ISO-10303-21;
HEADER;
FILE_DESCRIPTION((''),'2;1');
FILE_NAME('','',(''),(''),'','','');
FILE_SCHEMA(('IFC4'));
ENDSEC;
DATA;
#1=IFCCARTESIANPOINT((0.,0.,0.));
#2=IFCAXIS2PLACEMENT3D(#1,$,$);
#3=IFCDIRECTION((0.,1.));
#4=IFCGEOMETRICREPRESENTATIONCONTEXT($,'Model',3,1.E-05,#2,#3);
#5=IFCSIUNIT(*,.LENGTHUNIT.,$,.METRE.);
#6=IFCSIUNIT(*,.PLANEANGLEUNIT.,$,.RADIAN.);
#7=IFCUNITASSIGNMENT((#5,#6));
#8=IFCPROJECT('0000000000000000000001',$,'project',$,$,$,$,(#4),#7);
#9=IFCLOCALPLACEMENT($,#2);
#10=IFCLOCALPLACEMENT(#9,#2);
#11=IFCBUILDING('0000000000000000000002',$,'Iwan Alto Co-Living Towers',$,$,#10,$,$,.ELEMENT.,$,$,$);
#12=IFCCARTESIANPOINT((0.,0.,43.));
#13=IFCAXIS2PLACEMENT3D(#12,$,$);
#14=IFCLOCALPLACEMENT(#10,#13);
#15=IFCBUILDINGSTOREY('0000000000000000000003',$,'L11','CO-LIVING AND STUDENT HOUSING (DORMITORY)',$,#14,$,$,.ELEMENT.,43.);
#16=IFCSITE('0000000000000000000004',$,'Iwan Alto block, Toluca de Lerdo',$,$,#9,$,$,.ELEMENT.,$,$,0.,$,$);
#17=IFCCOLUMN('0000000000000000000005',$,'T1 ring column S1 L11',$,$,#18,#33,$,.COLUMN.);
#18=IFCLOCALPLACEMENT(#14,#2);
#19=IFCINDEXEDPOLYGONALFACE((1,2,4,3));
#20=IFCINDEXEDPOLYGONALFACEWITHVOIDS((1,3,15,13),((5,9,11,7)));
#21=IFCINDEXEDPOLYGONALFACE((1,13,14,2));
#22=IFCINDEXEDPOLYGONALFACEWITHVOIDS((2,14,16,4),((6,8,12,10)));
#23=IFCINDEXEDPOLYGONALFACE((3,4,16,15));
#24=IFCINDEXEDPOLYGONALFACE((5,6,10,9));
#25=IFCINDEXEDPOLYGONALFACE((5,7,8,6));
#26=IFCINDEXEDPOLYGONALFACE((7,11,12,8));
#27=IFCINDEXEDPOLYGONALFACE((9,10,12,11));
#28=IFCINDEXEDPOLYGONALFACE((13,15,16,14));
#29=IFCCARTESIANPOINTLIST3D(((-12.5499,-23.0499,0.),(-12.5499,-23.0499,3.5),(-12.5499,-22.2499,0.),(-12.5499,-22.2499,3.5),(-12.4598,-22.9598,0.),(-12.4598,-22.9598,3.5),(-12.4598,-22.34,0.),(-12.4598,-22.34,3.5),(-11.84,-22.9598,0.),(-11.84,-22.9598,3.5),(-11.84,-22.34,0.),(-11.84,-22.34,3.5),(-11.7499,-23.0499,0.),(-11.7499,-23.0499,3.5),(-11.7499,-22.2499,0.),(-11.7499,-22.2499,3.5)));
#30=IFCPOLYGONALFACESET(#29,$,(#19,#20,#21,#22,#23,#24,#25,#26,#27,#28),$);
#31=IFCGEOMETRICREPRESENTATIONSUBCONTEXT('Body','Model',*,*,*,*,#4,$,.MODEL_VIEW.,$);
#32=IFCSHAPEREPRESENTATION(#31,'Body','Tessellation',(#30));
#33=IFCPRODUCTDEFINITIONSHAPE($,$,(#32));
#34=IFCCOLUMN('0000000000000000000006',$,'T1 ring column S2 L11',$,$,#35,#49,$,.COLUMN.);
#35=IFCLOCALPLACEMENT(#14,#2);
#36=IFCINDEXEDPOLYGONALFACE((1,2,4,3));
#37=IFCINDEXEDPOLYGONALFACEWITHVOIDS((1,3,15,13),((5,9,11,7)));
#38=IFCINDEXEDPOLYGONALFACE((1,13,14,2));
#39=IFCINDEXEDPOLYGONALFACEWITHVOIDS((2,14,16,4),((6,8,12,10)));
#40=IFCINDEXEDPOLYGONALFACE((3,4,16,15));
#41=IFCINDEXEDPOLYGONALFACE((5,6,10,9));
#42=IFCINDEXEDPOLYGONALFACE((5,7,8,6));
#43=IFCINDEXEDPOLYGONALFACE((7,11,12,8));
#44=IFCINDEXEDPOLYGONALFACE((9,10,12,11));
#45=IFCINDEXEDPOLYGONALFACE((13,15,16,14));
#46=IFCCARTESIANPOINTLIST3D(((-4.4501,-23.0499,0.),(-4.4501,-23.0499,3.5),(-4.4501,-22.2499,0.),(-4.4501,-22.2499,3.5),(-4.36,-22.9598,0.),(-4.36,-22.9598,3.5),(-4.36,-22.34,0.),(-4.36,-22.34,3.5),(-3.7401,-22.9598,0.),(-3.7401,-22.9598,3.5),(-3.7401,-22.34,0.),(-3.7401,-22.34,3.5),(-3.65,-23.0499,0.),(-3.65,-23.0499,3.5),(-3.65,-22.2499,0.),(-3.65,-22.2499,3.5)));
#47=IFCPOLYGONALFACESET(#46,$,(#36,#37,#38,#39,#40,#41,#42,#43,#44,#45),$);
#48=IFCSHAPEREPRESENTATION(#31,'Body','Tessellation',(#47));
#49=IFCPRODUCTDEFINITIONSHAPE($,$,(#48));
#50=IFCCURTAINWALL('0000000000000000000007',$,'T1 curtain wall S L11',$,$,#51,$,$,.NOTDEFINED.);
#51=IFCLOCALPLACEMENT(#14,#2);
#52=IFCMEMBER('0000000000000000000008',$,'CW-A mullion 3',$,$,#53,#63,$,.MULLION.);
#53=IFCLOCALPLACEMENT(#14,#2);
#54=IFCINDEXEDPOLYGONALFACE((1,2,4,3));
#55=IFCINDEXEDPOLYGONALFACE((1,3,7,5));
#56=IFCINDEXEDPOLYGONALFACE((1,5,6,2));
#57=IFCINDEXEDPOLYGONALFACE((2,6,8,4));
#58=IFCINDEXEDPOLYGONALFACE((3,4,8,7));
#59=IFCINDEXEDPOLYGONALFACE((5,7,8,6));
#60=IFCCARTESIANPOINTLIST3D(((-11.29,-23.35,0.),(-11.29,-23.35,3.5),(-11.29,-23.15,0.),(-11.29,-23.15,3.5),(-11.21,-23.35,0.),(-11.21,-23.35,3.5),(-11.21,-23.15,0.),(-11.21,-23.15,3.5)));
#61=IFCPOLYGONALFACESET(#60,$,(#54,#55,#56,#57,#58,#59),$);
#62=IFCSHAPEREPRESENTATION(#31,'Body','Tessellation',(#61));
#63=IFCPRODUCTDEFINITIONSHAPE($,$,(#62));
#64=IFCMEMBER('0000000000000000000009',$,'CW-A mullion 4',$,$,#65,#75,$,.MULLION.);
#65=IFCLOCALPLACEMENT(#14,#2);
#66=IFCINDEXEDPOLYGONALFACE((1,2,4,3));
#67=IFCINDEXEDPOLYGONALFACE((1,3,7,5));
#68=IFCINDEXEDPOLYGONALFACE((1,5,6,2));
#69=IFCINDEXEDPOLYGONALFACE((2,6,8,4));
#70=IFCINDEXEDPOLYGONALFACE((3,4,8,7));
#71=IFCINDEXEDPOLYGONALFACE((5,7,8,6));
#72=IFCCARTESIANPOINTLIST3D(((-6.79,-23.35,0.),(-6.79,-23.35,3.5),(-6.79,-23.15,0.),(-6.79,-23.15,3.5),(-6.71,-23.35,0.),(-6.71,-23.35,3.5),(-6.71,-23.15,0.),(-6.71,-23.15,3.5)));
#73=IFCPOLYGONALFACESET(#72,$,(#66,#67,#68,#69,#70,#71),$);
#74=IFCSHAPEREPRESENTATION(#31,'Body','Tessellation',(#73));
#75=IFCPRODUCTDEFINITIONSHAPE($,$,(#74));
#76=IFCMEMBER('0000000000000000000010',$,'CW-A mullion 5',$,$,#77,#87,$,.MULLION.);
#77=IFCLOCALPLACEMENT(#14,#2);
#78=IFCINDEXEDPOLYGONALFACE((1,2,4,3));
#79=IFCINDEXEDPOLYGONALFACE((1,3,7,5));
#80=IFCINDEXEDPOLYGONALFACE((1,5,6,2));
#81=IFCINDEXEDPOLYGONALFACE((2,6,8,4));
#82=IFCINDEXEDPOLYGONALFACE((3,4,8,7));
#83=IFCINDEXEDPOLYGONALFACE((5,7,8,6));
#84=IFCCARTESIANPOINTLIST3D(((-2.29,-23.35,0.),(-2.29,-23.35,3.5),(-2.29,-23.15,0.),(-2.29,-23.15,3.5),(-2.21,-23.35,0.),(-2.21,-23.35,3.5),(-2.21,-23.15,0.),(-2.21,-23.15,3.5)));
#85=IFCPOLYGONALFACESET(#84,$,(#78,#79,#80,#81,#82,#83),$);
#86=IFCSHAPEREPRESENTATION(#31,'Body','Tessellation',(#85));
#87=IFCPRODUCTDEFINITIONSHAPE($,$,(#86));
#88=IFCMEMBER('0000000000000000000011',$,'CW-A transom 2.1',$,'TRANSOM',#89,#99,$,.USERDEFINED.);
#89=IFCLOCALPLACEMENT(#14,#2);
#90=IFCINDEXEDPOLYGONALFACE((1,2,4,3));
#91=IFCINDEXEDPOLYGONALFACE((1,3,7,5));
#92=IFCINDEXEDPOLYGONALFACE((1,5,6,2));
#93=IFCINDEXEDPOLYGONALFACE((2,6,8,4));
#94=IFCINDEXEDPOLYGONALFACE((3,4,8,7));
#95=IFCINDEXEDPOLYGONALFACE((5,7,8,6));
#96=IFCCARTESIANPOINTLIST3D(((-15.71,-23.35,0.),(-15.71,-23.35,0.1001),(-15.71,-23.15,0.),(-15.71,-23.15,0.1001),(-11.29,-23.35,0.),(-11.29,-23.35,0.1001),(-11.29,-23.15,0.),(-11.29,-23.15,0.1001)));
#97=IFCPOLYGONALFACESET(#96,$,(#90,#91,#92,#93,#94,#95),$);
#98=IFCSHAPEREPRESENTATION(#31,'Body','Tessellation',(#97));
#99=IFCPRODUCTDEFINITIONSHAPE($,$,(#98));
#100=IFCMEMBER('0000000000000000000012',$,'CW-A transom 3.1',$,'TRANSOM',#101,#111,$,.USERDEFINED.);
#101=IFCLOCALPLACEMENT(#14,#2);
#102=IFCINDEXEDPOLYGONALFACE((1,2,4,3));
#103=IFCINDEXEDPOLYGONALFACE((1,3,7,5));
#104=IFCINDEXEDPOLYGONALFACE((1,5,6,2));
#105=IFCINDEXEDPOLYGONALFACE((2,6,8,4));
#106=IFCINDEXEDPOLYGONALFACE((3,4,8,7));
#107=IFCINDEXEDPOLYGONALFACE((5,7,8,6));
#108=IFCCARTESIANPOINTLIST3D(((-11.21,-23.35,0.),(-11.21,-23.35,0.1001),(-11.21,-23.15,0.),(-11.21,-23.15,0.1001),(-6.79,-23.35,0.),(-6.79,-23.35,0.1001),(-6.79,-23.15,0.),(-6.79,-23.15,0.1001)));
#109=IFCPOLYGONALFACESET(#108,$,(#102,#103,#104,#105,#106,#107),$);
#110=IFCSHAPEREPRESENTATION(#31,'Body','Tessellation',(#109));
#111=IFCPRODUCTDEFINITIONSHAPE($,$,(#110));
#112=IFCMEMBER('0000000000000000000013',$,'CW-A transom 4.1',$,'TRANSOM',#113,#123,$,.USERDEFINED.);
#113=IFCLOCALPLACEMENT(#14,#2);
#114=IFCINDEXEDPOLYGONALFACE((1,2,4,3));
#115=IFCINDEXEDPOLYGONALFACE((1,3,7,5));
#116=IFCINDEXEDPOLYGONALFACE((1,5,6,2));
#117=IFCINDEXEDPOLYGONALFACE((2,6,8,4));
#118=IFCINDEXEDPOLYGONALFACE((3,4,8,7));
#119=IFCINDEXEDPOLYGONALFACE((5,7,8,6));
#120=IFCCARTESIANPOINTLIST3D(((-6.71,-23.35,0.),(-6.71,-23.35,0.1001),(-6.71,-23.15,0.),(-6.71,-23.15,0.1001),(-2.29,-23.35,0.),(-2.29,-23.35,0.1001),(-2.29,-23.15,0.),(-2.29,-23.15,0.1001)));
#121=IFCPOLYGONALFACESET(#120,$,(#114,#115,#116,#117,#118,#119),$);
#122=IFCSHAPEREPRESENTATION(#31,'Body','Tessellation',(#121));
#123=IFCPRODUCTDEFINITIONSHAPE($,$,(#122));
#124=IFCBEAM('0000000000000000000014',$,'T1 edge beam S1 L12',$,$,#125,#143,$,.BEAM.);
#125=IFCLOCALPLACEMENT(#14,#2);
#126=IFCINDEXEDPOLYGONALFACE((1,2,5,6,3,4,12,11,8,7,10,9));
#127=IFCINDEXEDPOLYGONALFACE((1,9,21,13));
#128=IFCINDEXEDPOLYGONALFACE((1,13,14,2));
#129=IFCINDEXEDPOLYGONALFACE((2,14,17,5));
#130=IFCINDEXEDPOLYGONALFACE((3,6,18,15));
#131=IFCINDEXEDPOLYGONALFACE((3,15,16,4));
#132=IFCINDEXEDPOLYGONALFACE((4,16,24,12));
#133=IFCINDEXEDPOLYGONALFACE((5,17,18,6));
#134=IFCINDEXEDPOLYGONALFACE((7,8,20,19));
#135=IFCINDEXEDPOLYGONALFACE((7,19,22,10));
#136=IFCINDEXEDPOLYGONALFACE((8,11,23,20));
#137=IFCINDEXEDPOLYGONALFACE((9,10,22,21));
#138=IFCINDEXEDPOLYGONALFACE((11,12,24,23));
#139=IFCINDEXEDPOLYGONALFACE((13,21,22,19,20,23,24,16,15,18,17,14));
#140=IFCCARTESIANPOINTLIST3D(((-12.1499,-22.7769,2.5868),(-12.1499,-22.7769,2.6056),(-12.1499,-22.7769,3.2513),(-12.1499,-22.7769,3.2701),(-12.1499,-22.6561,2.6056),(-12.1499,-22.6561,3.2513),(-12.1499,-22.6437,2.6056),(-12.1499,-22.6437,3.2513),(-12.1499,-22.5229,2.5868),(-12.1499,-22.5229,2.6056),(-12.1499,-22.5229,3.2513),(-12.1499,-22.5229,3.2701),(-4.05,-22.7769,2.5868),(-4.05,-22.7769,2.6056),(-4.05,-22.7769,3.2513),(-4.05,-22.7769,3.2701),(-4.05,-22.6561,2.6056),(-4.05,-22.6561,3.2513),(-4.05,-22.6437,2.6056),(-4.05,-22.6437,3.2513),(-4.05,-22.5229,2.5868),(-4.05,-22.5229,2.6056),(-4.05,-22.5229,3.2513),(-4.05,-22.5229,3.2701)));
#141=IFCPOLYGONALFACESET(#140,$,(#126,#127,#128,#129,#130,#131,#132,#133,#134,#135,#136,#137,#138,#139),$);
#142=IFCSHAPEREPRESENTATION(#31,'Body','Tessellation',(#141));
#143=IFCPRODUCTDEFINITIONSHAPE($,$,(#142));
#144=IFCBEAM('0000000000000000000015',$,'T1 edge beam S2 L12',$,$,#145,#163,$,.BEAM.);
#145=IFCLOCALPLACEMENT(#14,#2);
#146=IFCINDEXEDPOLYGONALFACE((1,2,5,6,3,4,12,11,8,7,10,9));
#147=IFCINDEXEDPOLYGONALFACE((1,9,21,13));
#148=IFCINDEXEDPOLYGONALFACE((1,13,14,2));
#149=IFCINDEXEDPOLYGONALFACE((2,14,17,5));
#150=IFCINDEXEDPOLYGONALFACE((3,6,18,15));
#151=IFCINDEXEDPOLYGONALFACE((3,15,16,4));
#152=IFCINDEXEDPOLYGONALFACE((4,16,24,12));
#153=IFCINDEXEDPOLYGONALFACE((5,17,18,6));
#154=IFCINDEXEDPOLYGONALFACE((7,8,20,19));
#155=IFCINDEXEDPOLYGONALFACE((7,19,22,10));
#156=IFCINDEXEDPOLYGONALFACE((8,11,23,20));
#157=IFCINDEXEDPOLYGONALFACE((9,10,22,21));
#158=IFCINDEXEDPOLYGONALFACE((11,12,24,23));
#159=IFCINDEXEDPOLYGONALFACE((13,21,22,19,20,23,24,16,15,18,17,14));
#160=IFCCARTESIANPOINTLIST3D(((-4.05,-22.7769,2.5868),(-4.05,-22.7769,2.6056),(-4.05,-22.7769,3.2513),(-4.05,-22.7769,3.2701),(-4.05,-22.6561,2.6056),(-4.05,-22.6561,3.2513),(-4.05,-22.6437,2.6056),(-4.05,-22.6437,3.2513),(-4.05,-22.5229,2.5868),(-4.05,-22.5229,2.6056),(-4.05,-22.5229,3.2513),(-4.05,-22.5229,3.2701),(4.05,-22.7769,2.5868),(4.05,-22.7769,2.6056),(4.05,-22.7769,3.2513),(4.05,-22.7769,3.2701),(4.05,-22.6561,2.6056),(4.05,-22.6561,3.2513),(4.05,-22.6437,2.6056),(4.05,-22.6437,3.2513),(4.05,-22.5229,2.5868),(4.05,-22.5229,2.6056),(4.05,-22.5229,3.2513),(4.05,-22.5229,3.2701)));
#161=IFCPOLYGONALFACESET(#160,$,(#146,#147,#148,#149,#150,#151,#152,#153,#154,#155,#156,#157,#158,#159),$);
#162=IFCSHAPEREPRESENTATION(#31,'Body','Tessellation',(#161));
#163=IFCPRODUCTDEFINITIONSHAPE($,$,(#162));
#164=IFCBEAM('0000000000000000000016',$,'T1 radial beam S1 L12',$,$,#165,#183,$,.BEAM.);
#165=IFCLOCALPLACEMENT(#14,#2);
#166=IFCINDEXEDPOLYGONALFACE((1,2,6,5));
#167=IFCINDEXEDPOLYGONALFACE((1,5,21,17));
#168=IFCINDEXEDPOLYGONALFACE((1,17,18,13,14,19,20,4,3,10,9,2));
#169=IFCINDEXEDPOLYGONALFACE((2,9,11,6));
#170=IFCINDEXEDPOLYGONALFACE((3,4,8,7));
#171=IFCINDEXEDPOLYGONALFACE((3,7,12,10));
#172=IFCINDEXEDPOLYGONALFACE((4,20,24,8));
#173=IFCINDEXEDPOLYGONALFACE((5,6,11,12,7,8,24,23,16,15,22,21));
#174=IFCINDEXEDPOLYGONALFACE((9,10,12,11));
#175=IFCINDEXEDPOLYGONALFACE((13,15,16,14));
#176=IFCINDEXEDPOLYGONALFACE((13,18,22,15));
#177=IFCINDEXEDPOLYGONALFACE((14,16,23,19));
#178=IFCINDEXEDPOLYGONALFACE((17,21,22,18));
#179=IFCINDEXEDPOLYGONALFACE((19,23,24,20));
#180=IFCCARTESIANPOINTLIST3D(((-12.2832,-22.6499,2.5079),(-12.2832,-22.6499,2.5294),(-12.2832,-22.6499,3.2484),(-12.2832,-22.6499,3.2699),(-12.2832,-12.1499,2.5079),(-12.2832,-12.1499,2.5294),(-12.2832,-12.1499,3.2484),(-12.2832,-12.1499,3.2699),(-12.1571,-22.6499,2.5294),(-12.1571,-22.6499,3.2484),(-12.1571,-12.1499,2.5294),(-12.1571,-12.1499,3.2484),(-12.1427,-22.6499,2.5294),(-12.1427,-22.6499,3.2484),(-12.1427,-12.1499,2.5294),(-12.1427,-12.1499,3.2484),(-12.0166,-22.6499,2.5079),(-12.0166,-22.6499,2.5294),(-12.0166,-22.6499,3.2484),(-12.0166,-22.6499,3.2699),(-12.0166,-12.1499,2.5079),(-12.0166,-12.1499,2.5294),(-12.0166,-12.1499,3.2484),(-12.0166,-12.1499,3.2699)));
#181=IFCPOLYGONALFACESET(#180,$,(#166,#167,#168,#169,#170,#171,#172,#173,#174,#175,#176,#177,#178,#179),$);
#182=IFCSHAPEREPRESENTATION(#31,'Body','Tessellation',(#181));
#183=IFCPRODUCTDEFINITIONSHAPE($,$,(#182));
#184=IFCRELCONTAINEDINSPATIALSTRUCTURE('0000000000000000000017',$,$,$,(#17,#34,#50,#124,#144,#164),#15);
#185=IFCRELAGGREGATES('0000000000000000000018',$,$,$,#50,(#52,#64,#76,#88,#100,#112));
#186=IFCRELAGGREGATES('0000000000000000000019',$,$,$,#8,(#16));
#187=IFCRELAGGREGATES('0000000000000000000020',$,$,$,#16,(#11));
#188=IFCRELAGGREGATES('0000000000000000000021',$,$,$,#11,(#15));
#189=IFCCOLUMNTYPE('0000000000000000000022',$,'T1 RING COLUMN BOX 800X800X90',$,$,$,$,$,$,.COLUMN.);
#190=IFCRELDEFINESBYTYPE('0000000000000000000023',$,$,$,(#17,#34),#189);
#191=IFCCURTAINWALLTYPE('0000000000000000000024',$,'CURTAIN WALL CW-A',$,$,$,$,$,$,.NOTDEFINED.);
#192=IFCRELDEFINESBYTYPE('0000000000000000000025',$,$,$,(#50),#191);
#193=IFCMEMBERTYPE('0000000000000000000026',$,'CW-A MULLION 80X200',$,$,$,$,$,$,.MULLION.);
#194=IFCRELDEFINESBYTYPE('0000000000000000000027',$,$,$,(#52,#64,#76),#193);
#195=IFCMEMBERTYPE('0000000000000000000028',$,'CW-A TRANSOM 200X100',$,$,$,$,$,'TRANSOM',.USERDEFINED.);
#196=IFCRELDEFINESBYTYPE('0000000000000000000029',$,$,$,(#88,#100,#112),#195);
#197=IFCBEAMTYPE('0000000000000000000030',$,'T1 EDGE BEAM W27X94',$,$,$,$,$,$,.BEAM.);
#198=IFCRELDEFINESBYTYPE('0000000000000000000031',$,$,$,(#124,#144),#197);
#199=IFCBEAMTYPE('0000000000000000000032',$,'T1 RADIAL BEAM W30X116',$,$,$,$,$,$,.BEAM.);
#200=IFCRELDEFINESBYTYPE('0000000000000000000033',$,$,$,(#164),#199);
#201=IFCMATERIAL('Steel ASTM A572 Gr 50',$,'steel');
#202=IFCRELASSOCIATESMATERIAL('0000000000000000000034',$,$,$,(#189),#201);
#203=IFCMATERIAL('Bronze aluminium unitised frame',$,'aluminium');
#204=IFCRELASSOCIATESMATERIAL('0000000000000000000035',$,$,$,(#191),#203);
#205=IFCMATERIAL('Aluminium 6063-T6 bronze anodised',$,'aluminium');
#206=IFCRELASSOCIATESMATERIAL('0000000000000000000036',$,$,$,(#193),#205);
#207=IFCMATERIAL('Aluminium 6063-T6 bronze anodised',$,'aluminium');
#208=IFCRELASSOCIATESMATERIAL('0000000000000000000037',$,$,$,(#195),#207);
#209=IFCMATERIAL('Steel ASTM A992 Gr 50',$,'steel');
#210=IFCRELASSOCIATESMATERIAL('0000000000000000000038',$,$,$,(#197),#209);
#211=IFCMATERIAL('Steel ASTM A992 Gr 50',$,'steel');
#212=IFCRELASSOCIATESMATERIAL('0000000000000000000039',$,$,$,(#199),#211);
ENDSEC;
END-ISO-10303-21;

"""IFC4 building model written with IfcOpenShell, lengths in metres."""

from ifc_helpers import new_model, si_unit, direction, frame, origin, origin_2d, place, context, subcontext, project, spatial, rectangle, hollow_rectangle, i_section, extrude, material, material_profile, profile_set, type_object, element, aggregate, save


model = new_model("IFC4")

# Units and contexts
model_context = context("Model", 3, precision=1e-05, world=origin(), true_north=direction((0.0, 1.0)))
body_context = subcontext(model_context, "Body", "Model", "MODEL_VIEW")
ifc_project = project(units=[si_unit("LENGTHUNIT", "METRE"), si_unit("PLANEANGLEUNIT", "RADIAN")], contexts=[model_context])

# Site, building, storey
site_placement = place(None, origin())
site = spatial("IfcSite", under=ifc_project, at=site_placement, Name="Iwan Alto block, Toluca de Lerdo", CompositionType="ELEMENT", RefElevation=0.0)
building_placement = place(site_placement, origin())
building = spatial("IfcBuilding", under=site, at=building_placement, Name="Iwan Alto Co-Living Towers", CompositionType="ELEMENT")
storey_placement = place(building_placement, frame((0.0, 0.0, 43.0)))
storey = spatial("IfcBuildingStorey", under=building, at=storey_placement, Name="L11", Description="CO-LIVING AND STUDENT HOUSING (DORMITORY)", CompositionType="ELEMENT", Elevation=43.0)

# Columns
ifc_material_1 = material(Name="Steel ASTM A572 Gr 50", Category="steel")
ifc_material_profile_1 = material_profile(ifc_material_1, hollow_rectangle(XDim=0.8, YDim=0.8, WallThickness=0.0901, at=origin_2d()), Name="BOX 800X800X90")
ifc_profile_set_1 = profile_set([ifc_material_profile_1], Name="Steel ASTM A572 Gr 50")
column_type = type_object("IfcColumnType", Name="T1 RING COLUMN BOX 800X800X90", PredefinedType="COLUMN", material=ifc_profile_set_1)
for number, where, z_axis, x_axis, name in (
    (1, (-12.1499, -22.6499, 0.0), (0.0, 0.0, 1.0), (1.0, 0.0, 0.0), "T1 ring column S1 L11"),
    (2, (-4.05, -22.6499, 0.0), (0.0, 0.0, 1.0), (1.0, 0.0, 0.0), "T1 ring column S2 L11"),
):
    element("IfcColumn", number, at=place(storey_placement, frame(where, z_axis=z_axis, x_axis=x_axis)), inside=storey, type_object=column_type, Name=name, PredefinedType="COLUMN", context=body_context, shape_type="SweptSolid", body=[
        extrude(hollow_rectangle(XDim=0.8, YDim=0.8, WallThickness=0.0901, at=origin_2d()), origin(), (0.0, 0.0, 1.0), 3.5),
    ])

# Curtain wall, members
ifc_material_2 = material(Name="Bronze aluminium unitised frame", Category="aluminium")
curtain_wall_type = type_object("IfcCurtainWallType", Name="CURTAIN WALL CW-A", PredefinedType="NOTDEFINED", material=ifc_material_2)
curtain_wall_placement = place(storey_placement, origin())
curtain_wall = element("IfcCurtainWall", 3, at=curtain_wall_placement, inside=storey, type_object=curtain_wall_type, Name="T1 curtain wall S L11", PredefinedType="NOTDEFINED")
ifc_material_3 = material(Name="Aluminium 6063-T6 bronze anodised", Category="aluminium")
ifc_material_profile_2 = material_profile(ifc_material_3, rectangle(XDim=0.2, YDim=0.0801, at=origin_2d()), Name="AL 80X200")
ifc_profile_set_2 = profile_set([ifc_material_profile_2], Name="Aluminium 6063-T6 bronze anodised")
member_type_1 = type_object("IfcMemberType", Name="CW-A MULLION 80X200", PredefinedType="MULLION", material=ifc_profile_set_2)
member_1_placement = place(storey_placement, frame((-11.25, -23.25, 0.0), z_axis=(0.0, 0.0, 1.0), x_axis=(0.0, 1.0, 0.0)))
member_1 = element("IfcMember", 4, at=member_1_placement, type_object=member_type_1, Name="CW-A mullion 3", PredefinedType="MULLION", context=body_context, shape_type="SweptSolid", body=[
    extrude(rectangle(XDim=0.2, YDim=0.0801, at=origin_2d()), origin(), (0.0, 0.0, 1.0), 3.5),
])
member_2_placement = place(storey_placement, frame((-6.75, -23.25, 0.0), z_axis=(0.0, 0.0, 1.0), x_axis=(0.0, 1.0, 0.0)))
member_2 = element("IfcMember", 5, at=member_2_placement, type_object=member_type_1, Name="CW-A mullion 4", PredefinedType="MULLION", context=body_context, shape_type="SweptSolid", body=[
    extrude(rectangle(XDim=0.2, YDim=0.0801, at=origin_2d()), origin(), (0.0, 0.0, 1.0), 3.5),
])
member_3_placement = place(storey_placement, frame((-2.25, -23.25, 0.0), z_axis=(0.0, 0.0, 1.0), x_axis=(0.0, 1.0, 0.0)))
member_3 = element("IfcMember", 6, at=member_3_placement, type_object=member_type_1, Name="CW-A mullion 5", PredefinedType="MULLION", context=body_context, shape_type="SweptSolid", body=[
    extrude(rectangle(XDim=0.2, YDim=0.0801, at=origin_2d()), origin(), (0.0, 0.0, 1.0), 3.5),
])
ifc_material_4 = material(Name="Aluminium 6063-T6 bronze anodised", Category="aluminium")
ifc_material_profile_3 = material_profile(ifc_material_4, rectangle(XDim=0.2, YDim=0.1001, at=origin_2d()), Name="AL 200X100")
ifc_profile_set_3 = profile_set([ifc_material_profile_3], Name="Aluminium 6063-T6 bronze anodised")
member_type_2 = type_object("IfcMemberType", Name="CW-A TRANSOM 200X100", ElementType="TRANSOM", PredefinedType="USERDEFINED", material=ifc_profile_set_3)
member_4_placement = place(storey_placement, frame((-15.71, -23.25, 0.05), z_axis=(1.0, 0.0, 0.0), x_axis=(0.0, 1.0, 0.0)))
member_4 = element("IfcMember", 7, at=member_4_placement, type_object=member_type_2, Name="CW-A transom 2.1", ObjectType="TRANSOM", PredefinedType="USERDEFINED", context=body_context, shape_type="SweptSolid", body=[
    extrude(rectangle(XDim=0.2, YDim=0.1001, at=origin_2d()), origin(), (0.0, 0.0, 1.0), 4.4199),
])
member_5_placement = place(storey_placement, frame((-11.21, -23.25, 0.05), z_axis=(1.0, 0.0, 0.0), x_axis=(0.0, 1.0, 0.0)))
member_5 = element("IfcMember", 8, at=member_5_placement, type_object=member_type_2, Name="CW-A transom 3.1", ObjectType="TRANSOM", PredefinedType="USERDEFINED", context=body_context, shape_type="SweptSolid", body=[
    extrude(rectangle(XDim=0.2, YDim=0.1001, at=origin_2d()), origin(), (0.0, 0.0, 1.0), 4.4199),
])
member_6_placement = place(storey_placement, frame((-6.71, -23.25, 0.05), z_axis=(1.0, 0.0, 0.0), x_axis=(0.0, 1.0, 0.0)))
member_6 = element("IfcMember", 9, at=member_6_placement, type_object=member_type_2, Name="CW-A transom 4.1", ObjectType="TRANSOM", PredefinedType="USERDEFINED", context=body_context, shape_type="SweptSolid", body=[
    extrude(rectangle(XDim=0.2, YDim=0.1001, at=origin_2d()), origin(), (0.0, 0.0, 1.0), 4.4199),
])

# Beams
ifc_material_5 = material(Name="Steel ASTM A992 Gr 50", Category="steel")
ifc_material_profile_4 = material_profile(ifc_material_5, i_section(OverallWidth=0.2539, OverallDepth=0.6833, WebThickness=0.0125, FlangeThickness=0.0188, at=origin_2d()), Name="W27X94")
ifc_profile_set_4 = profile_set([ifc_material_profile_4], Name="Steel ASTM A992 Gr 50")
beam_type_1 = type_object("IfcBeamType", Name="T1 EDGE BEAM W27X94", PredefinedType="BEAM", material=ifc_profile_set_4)
beam_1_placement = place(storey_placement, frame((-12.1499, -22.6499, 2.9285), z_axis=(1.0, 0.0, 0.0), x_axis=(0.0, 1.0, 0.0)))
element("IfcBeam", 10, at=beam_1_placement, inside=storey, type_object=beam_type_1, Name="T1 edge beam S1 L12", PredefinedType="BEAM", context=body_context, shape_type="SweptSolid", body=[
    extrude(i_section(OverallWidth=0.2539, OverallDepth=0.6833, WebThickness=0.0125, FlangeThickness=0.0188, at=origin_2d()), origin(), (0.0, 0.0, 1.0), 8.0999),
])
beam_2_placement = place(storey_placement, frame((-4.05, -22.6499, 2.9285), z_axis=(1.0, 0.0, 0.0), x_axis=(0.0, 1.0, 0.0)))
element("IfcBeam", 11, at=beam_2_placement, inside=storey, type_object=beam_type_1, Name="T1 edge beam S2 L12", PredefinedType="BEAM", context=body_context, shape_type="SweptSolid", body=[
    extrude(i_section(OverallWidth=0.2539, OverallDepth=0.6833, WebThickness=0.0125, FlangeThickness=0.0188, at=origin_2d()), origin(), (0.0, 0.0, 1.0), 8.1001),
])
ifc_material_6 = material(Name="Steel ASTM A992 Gr 50", Category="steel")
ifc_material_profile_5 = material_profile(ifc_material_6, i_section(OverallWidth=0.2666, OverallDepth=0.762, WebThickness=0.0144, FlangeThickness=0.0215, at=origin_2d()), Name="W30X116")
ifc_profile_set_5 = profile_set([ifc_material_profile_5], Name="Steel ASTM A992 Gr 50")
beam_type_2 = type_object("IfcBeamType", Name="T1 RADIAL BEAM W30X116", PredefinedType="BEAM", material=ifc_profile_set_5)
beam_3_placement = place(storey_placement, frame((-12.1499, -22.6499, 2.8889), z_axis=(0.0, 1.0, 0.0), x_axis=(-1.0, 0.0, 0.0)))
element("IfcBeam", 12, at=beam_3_placement, inside=storey, type_object=beam_type_2, Name="T1 radial beam S1 L12", PredefinedType="BEAM", context=body_context, shape_type="SweptSolid", body=[
    extrude(i_section(OverallWidth=0.2666, OverallDepth=0.762, WebThickness=0.0144, FlangeThickness=0.0215, at=origin_2d()), origin(), (0.0, 0.0, 1.0), 10.5),
])

aggregate(curtain_wall, [member_1, member_2, member_3, member_4, member_5, member_6])

save(model, "model.ifc")
